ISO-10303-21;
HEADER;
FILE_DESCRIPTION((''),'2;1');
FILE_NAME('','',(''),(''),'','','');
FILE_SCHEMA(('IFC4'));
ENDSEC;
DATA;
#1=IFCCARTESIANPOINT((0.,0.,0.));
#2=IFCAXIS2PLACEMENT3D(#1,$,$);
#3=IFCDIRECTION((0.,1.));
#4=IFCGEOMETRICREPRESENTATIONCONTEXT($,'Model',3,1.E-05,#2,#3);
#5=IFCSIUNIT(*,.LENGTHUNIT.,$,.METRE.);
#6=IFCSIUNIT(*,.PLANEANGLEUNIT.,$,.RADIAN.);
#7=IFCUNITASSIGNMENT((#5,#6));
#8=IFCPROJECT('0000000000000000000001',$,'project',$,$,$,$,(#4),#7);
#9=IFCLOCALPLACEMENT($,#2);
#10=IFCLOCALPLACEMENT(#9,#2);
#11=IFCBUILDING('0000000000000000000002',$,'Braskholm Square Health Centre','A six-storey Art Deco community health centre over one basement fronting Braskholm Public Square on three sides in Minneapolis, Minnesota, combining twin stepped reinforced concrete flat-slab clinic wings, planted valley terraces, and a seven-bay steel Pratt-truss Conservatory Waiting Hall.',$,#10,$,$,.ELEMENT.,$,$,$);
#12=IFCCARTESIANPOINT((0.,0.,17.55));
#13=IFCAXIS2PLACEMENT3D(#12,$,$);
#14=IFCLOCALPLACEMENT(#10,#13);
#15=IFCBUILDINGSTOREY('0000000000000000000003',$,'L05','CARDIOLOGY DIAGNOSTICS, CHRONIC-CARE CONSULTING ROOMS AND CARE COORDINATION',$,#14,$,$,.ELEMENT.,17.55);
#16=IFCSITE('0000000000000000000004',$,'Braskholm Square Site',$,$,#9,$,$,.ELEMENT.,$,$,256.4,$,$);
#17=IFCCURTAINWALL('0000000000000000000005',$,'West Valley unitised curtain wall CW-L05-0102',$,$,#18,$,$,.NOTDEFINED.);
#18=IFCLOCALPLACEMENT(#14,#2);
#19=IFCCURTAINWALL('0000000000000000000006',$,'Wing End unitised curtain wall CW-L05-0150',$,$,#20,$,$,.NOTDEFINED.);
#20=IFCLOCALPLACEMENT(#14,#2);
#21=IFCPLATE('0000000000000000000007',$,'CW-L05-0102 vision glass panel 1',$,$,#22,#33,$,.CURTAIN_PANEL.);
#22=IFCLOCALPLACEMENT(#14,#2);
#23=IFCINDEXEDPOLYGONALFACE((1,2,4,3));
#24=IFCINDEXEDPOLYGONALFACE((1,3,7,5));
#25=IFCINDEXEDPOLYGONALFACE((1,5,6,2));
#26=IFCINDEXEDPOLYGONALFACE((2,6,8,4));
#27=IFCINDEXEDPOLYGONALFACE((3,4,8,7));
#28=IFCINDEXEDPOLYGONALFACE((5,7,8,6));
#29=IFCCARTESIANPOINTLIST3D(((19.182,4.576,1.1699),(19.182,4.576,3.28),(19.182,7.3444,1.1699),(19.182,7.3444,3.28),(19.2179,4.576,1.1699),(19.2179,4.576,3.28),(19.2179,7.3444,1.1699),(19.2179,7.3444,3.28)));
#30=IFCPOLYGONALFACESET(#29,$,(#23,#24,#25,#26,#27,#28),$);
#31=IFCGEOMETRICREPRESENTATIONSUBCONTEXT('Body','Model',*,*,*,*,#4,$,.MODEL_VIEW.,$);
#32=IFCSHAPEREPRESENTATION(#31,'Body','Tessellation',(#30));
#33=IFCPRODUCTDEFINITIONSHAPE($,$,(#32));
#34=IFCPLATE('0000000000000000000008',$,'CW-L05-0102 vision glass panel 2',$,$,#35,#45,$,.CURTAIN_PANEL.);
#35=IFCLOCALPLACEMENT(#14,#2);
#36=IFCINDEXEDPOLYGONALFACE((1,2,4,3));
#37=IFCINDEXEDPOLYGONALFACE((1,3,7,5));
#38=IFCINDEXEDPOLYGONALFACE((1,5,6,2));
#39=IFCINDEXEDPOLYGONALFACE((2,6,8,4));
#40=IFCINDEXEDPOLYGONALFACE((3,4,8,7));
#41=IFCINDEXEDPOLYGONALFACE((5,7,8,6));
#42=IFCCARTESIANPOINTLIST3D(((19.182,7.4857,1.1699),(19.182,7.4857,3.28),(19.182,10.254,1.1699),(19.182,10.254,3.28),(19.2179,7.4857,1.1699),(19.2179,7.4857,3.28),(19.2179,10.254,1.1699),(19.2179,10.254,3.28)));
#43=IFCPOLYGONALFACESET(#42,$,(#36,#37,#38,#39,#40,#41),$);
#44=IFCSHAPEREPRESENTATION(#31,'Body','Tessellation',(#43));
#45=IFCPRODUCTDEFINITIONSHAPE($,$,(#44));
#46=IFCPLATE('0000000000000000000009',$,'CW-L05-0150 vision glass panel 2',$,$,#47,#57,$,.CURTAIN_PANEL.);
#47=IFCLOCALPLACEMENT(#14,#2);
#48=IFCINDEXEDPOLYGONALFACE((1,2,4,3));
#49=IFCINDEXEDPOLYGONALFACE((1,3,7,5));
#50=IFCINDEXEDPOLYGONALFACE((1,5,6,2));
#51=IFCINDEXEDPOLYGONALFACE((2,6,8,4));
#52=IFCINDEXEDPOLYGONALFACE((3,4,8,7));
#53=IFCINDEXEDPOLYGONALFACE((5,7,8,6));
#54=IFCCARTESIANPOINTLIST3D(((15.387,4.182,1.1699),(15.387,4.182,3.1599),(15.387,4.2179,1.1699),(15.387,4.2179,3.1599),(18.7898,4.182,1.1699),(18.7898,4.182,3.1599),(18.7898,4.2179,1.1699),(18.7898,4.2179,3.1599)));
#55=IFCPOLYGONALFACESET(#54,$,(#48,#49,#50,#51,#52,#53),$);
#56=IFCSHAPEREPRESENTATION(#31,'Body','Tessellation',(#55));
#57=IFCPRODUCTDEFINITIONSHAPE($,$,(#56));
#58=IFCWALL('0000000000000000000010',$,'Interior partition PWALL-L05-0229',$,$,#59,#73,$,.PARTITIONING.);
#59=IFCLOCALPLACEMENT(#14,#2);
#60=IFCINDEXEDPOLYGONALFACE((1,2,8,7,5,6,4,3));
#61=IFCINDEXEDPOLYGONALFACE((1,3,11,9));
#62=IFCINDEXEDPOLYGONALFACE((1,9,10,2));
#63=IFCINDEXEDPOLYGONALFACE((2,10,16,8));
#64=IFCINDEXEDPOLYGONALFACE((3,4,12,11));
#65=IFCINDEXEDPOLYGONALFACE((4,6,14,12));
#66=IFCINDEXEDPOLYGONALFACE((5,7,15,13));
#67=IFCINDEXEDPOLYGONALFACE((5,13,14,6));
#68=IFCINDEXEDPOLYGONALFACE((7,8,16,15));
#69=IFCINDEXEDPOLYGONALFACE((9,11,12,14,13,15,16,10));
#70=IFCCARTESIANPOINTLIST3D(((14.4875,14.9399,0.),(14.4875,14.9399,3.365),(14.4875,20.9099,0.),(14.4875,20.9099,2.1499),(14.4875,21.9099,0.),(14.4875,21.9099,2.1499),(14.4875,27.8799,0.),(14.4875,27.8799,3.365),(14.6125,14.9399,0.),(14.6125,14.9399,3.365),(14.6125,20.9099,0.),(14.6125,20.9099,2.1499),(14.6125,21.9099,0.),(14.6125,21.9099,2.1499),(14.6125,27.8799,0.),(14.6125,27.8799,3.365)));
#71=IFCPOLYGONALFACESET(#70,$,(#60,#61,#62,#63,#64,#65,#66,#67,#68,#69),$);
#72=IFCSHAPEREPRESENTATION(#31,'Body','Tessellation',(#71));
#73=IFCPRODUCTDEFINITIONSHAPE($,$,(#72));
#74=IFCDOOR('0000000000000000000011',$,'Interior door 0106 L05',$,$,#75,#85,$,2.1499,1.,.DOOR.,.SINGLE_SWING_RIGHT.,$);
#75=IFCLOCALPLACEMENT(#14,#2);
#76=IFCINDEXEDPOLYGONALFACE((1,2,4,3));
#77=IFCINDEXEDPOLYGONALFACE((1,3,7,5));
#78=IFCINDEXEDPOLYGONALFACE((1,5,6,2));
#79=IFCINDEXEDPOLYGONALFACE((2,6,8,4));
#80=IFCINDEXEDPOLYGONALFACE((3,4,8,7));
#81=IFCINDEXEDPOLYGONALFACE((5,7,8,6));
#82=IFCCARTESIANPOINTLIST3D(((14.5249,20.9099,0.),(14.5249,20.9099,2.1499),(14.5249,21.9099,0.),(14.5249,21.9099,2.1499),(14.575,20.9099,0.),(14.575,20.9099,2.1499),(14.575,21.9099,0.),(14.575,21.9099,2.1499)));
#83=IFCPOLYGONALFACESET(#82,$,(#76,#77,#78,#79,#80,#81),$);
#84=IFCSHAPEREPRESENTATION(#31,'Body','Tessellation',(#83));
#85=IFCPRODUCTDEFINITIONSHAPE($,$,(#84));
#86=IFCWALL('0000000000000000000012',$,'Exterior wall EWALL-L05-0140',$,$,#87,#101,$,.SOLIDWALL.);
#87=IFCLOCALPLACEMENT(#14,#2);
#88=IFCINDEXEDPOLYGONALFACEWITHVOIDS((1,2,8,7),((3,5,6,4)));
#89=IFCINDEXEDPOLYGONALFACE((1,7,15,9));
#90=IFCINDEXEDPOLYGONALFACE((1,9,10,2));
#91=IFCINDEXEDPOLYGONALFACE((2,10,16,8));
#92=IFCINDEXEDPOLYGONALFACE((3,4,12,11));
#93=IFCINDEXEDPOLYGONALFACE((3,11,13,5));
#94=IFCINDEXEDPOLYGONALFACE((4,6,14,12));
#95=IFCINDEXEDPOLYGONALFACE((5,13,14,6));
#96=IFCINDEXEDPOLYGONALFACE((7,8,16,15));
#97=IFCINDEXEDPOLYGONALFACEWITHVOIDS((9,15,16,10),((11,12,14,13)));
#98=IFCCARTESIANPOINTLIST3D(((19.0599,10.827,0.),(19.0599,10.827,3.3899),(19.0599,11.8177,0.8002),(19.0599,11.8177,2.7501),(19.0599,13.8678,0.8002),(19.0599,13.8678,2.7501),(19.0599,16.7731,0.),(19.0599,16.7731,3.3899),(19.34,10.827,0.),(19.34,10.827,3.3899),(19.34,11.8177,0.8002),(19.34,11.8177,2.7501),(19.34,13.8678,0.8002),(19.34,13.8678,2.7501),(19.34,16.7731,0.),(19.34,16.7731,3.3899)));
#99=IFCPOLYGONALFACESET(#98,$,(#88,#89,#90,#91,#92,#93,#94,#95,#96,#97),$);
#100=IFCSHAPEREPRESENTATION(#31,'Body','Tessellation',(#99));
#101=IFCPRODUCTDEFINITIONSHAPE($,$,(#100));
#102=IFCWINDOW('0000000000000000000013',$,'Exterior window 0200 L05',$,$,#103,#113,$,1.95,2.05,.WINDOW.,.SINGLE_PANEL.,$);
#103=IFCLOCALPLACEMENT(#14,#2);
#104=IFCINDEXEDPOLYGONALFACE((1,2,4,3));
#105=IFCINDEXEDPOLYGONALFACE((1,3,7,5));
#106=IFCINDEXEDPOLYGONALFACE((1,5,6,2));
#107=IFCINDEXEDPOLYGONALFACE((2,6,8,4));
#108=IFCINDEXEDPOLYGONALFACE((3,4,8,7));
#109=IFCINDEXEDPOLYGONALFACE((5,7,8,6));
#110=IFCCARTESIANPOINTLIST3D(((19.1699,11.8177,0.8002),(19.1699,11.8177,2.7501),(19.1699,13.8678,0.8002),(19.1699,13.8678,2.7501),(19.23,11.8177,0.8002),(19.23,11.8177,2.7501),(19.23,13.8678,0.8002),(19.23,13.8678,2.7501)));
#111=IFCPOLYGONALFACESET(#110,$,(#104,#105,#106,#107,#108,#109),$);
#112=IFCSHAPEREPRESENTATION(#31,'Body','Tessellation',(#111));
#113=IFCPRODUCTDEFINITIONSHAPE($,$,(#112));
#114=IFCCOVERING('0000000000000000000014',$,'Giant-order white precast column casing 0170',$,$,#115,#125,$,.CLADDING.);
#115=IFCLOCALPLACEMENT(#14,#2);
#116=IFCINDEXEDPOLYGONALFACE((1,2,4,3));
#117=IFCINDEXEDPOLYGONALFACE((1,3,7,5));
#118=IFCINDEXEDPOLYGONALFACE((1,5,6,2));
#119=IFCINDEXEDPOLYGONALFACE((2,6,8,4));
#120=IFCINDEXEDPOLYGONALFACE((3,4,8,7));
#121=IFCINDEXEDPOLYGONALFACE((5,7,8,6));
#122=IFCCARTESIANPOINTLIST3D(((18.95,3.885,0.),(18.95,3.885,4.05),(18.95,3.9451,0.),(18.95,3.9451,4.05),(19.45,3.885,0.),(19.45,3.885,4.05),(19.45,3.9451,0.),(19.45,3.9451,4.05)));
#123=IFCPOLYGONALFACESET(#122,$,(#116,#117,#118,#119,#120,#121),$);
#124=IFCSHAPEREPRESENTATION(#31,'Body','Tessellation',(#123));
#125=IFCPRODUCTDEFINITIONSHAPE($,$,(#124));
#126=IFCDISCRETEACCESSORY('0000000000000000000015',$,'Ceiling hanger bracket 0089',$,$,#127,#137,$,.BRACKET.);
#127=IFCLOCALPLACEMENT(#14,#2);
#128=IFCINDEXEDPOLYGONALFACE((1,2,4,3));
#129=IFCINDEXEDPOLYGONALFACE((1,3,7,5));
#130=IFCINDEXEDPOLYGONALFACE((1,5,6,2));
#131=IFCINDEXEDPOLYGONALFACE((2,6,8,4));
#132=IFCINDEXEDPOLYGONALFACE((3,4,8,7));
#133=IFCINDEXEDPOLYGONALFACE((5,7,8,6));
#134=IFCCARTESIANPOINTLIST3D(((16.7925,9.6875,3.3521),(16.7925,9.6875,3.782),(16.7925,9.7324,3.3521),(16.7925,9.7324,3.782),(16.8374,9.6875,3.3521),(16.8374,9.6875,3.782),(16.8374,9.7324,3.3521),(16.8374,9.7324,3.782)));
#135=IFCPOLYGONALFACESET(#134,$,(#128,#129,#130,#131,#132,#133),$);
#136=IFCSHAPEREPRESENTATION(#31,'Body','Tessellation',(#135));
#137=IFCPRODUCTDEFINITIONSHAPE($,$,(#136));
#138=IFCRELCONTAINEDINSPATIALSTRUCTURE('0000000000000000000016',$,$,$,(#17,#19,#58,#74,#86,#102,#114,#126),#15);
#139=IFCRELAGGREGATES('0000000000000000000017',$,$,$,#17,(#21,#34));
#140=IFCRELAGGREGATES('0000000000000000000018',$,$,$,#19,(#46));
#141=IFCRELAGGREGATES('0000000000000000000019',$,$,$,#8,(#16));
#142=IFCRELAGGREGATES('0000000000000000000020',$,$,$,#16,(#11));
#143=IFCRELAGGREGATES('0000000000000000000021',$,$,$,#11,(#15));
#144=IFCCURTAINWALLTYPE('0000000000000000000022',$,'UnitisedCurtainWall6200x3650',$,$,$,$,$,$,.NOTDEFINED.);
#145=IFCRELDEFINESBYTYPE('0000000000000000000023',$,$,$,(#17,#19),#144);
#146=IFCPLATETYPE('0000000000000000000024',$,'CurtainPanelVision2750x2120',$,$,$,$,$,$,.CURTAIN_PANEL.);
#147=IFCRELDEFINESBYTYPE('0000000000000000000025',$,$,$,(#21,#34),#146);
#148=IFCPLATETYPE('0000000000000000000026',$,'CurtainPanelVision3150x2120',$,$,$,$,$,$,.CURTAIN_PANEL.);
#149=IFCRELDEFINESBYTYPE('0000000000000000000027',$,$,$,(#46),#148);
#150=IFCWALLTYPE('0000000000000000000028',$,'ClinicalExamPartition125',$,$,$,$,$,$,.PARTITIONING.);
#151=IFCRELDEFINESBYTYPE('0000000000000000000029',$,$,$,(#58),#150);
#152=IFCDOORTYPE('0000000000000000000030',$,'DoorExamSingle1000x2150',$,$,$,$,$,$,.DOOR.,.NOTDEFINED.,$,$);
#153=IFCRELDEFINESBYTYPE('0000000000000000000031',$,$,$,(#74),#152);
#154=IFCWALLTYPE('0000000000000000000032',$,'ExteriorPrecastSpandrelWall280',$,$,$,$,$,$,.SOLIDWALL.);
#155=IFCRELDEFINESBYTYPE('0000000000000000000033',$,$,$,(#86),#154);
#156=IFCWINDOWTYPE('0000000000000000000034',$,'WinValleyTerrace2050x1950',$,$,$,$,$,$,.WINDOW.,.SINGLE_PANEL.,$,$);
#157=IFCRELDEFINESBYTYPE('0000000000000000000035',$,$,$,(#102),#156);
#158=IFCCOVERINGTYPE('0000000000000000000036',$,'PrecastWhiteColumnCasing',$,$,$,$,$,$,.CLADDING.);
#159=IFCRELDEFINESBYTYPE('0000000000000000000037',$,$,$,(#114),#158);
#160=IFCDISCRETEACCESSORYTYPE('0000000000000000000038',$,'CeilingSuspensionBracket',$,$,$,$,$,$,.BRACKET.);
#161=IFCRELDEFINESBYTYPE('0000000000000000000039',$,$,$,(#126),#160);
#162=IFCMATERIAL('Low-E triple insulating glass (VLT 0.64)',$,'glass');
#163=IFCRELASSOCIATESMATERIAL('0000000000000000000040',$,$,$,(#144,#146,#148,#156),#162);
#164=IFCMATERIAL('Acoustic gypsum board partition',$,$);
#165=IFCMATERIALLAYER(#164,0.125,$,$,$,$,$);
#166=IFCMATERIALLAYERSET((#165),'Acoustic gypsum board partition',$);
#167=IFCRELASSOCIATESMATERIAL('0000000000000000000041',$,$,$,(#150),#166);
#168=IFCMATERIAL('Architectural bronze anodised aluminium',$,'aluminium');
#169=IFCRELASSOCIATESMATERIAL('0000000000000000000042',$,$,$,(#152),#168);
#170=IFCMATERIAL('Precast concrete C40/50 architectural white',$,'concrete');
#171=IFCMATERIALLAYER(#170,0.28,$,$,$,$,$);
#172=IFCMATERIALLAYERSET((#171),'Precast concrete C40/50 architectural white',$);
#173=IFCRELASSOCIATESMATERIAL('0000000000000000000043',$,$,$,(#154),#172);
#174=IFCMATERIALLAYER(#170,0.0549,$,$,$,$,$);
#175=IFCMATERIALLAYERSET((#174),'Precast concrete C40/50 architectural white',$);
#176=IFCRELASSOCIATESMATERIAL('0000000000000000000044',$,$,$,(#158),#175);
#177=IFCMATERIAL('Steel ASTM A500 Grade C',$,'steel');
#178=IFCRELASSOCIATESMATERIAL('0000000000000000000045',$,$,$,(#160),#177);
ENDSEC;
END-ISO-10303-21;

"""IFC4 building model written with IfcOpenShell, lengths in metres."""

from ifc_helpers import new_model, si_unit, direction, frame, frame_2d, origin, origin_with_axes, origin_2d, place, context, subcontext, project, spatial, rectangle, extrude, material, layer, layer_set, type_object, element, fill, aggregate, save


model = new_model("IFC4")

# Units and contexts
model_context = context("Model", 3, precision=1e-05, world=origin(), true_north=direction((0.0, 1.0)))
body_context = subcontext(model_context, "Body", "Model", "MODEL_VIEW")
ifc_project = project(units=[si_unit("LENGTHUNIT", "METRE"), si_unit("PLANEANGLEUNIT", "RADIAN")], contexts=[model_context])

# Site, building, storey
site_placement = place(None, origin())
site = spatial("IfcSite", under=ifc_project, at=site_placement, Name="Braskholm Square Site", CompositionType="ELEMENT", RefElevation=256.4)
building_placement = place(site_placement, origin())
building = spatial("IfcBuilding", under=site, at=building_placement, Name="Braskholm Square Health Centre", Description="A six-storey Art Deco community health centre over one basement fronting Braskholm Public Square on three sides in Minneapolis, Minnesota, combining twin stepped reinforced concrete flat-slab clinic wings, planted valley terraces, and a seven-bay steel Pratt-truss Conservatory Waiting Hall.", CompositionType="ELEMENT")
storey_placement = place(building_placement, frame((0.0, 0.0, 17.55)))
storey = spatial("IfcBuildingStorey", under=building, at=storey_placement, Name="L05", Description="CARDIOLOGY DIAGNOSTICS, CHRONIC-CARE CONSULTING ROOMS AND CARE COORDINATION", CompositionType="ELEMENT", Elevation=17.55)

# Shared definitions
ifc_material_1 = material(Name="Precast concrete C40/50 architectural white", Category="concrete")

# Curtain walls
ifc_material_2 = material(Name="Low-E triple insulating glass (VLT 0.64)", Category="glass")
curtain_wall_type = type_object("IfcCurtainWallType", Name="UnitisedCurtainWall6200x3650", PredefinedType="NOTDEFINED", material=ifc_material_2)
curtain_wall_1_placement = place(storey_placement, origin())
curtain_wall_1 = element("IfcCurtainWall", 1, at=curtain_wall_1_placement, inside=storey, type_object=curtain_wall_type, Name="West Valley unitised curtain wall CW-L05-0102", PredefinedType="NOTDEFINED")
ifc_material_3 = material(Name="Architectural bronze anodised aluminium", Category="aluminium")
curtain_wall_2_placement = place(storey_placement, origin())
curtain_wall_2 = element("IfcCurtainWall", 2, at=curtain_wall_2_placement, inside=storey, type_object=curtain_wall_type, Name="Wing End unitised curtain wall CW-L05-0150", PredefinedType="NOTDEFINED")

# Plates
plate_type_1 = type_object("IfcPlateType", Name="CurtainPanelVision2750x2120", PredefinedType="CURTAIN_PANEL", material=ifc_material_2)
plate_1_placement = place(storey_placement, frame((19.2, 5.9602, 1.1699), z_axis=(0.0, 0.0, 1.0), x_axis=(0.0, 1.0, 0.0)))
plate_1 = element("IfcPlate", 3, at=plate_1_placement, type_object=plate_type_1, Name="CW-L05-0102 vision glass panel 1", PredefinedType="CURTAIN_PANEL", context=body_context, shape_type="SweptSolid", body=[
    extrude(rectangle(XDim=2.7683, YDim=0.0359, at=origin_2d()), origin(), (0.0, 0.0, 1.0), 2.1101),
])
plate_2_placement = place(storey_placement, frame((19.2, 8.8699, 1.1699), z_axis=(0.0, 0.0, 1.0), x_axis=(0.0, 1.0, 0.0)))
plate_2 = element("IfcPlate", 4, at=plate_2_placement, type_object=plate_type_1, Name="CW-L05-0102 vision glass panel 2", PredefinedType="CURTAIN_PANEL", context=body_context, shape_type="SweptSolid", body=[
    extrude(rectangle(XDim=2.7683, YDim=0.0359, at=origin_2d()), origin(), (0.0, 0.0, 1.0), 2.1101),
])
aggregate(curtain_wall_1, [plate_1, plate_2])
plate_type_2 = type_object("IfcPlateType", Name="CurtainPanelVision3150x2120", PredefinedType="CURTAIN_PANEL", material=ifc_material_2)
plate_3_placement = place(storey_placement, frame((17.0884, 4.2, 1.1699), z_axis=(0.0, 0.0, 1.0), x_axis=(1.0, 0.0, 0.0)))
plate_3 = element("IfcPlate", 5, at=plate_3_placement, type_object=plate_type_2, Name="CW-L05-0150 vision glass panel 2", PredefinedType="CURTAIN_PANEL", context=body_context, shape_type="SweptSolid", body=[
    extrude(rectangle(XDim=3.4028, YDim=0.0359, at=origin_2d()), origin(), (0.0, 0.0, 1.0), 1.99),
])
aggregate(curtain_wall_2, [plate_3])

# Wall, opening, door
ifc_material_4 = material(Name="Acoustic gypsum board partition")
ifc_layer_1 = layer(ifc_material_4, 0.125)
ifc_layer_set_1 = layer_set([ifc_layer_1], Name="Acoustic gypsum board partition")
wall_type_1 = type_object("IfcWallType", Name="ClinicalExamPartition125", PredefinedType="PARTITIONING", material=ifc_layer_set_1)
wall_1_placement = place(storey_placement, frame((14.55, 14.9399, 0.0), z_axis=(0.0, 0.0, 1.0), x_axis=(0.0, 1.0, 0.0)))
wall_1 = element("IfcWall", 6, at=wall_1_placement, inside=storey, type_object=wall_type_1, Name="Interior partition PWALL-L05-0229", PredefinedType="PARTITIONING", context=body_context, shape_type="SweptSolid", body=[
    extrude(rectangle(XDim=12.9399, YDim=0.125, at=frame_2d((6.47, 0.0))), origin(), (0.0, 0.0, 1.0), 3.365),
])
opening_1_placement = place(wall_1_placement, frame((5.97, 0.0, 0.0)))
opening_1 = element("IfcOpeningElement", 7, at=opening_1_placement, cuts=wall_1, PredefinedType="OPENING", context=body_context, shape_type="SweptSolid", body=[
    extrude(rectangle(XDim=1.0, YDim=2.1499, at=frame_2d((0.5, 1.075))), frame((0.0, 0.0725, 0.0), z_axis=(0.0, -1.0, 0.0), x_axis=(1.0, 0.0, 0.0)), (0.0, 0.0, 1.0), 0.145),
])
door_type = type_object("IfcDoorType", Name="DoorExamSingle1000x2150", OperationType="NOTDEFINED", PredefinedType="DOOR", material=ifc_material_3)
door_placement = place(opening_1_placement, frame((1.0, 0.0, 0.0), z_axis=(0.0, 0.0, 1.0), x_axis=(-1.0, 0.0, 0.0)))
door = element("IfcDoor", 8, at=door_placement, inside=storey, type_object=door_type, Name="Interior door 0106 L05", OperationType="SINGLE_SWING_RIGHT", OverallHeight=2.1499, OverallWidth=1.0, PredefinedType="DOOR", context=body_context, shape_type="SweptSolid", body=[
    extrude(rectangle(XDim=1.0, YDim=2.1499, at=frame_2d((0.5, 1.075))), frame((0.0, 0.0249, 0.0), z_axis=(0.0, -1.0, 0.0), x_axis=(1.0, 0.0, 0.0)), (0.0, 0.0, 1.0), 0.05),
])
fill(opening_1, door)

# Wall, opening, window
ifc_layer_2 = layer(ifc_material_1, 0.28)
ifc_layer_set_2 = layer_set([ifc_layer_2], Name="Precast concrete C40/50 architectural white")
wall_type_2 = type_object("IfcWallType", Name="ExteriorPrecastSpandrelWall280", PredefinedType="SOLIDWALL", material=ifc_layer_set_2)
wall_2_placement = place(storey_placement, frame((19.2, 10.8269, 0.0), z_axis=(0.0, 0.0, 1.0), x_axis=(0.0, 1.0, 0.0)))
wall_2 = element("IfcWall", 9, at=wall_2_placement, inside=storey, type_object=wall_type_2, Name="Exterior wall EWALL-L05-0140", PredefinedType="SOLIDWALL", context=body_context, shape_type="SweptSolid", body=[
    extrude(rectangle(XDim=5.946, YDim=0.28, at=frame_2d((2.9731, 0.0))), origin(), (0.0, 0.0, 1.0), 3.3899),
])
opening_2_placement = place(wall_2_placement, frame((0.991, 0.0, 0.8)))
opening_2 = element("IfcOpeningElement", 10, at=opening_2_placement, cuts=wall_2, PredefinedType="OPENING", context=body_context, shape_type="SweptSolid", body=[
    extrude(rectangle(XDim=2.05, YDim=1.95, at=frame_2d((1.0249, 0.9751))), frame((0.0, 0.1499, 0.0), z_axis=(0.0, -1.0, 0.0), x_axis=(1.0, 0.0, 0.0)), (0.0, 0.0, 1.0), 0.3),
])
window_type = type_object("IfcWindowType", Name="WinValleyTerrace2050x1950", PartitioningType="SINGLE_PANEL", PredefinedType="WINDOW", material=ifc_material_2)
window_placement = place(opening_2_placement, origin_with_axes())
window = element("IfcWindow", 11, at=window_placement, inside=storey, type_object=window_type, Name="Exterior window 0200 L05", OverallHeight=1.95, OverallWidth=2.05, PartitioningType="SINGLE_PANEL", PredefinedType="WINDOW", context=body_context, shape_type="SweptSolid", body=[
    extrude(rectangle(XDim=2.05, YDim=1.95, at=frame_2d((1.0249, 0.9751))), frame((0.0, 0.03, 0.0), z_axis=(0.0, -1.0, 0.0), x_axis=(1.0, 0.0, 0.0)), (0.0, 0.0, 1.0), 0.0601),
])
fill(opening_2, window)

# Covering
ifc_layer_3 = layer(ifc_material_1, 0.0549)
ifc_layer_set_3 = layer_set([ifc_layer_3], Name="Precast concrete C40/50 architectural white")
covering_type = type_object("IfcCoveringType", Name="PrecastWhiteColumnCasing", PredefinedType="CLADDING", material=ifc_layer_set_3)
covering_placement = place(storey_placement, frame((19.2, 3.915, 0.0), z_axis=(0.0, 0.0, 1.0), x_axis=(1.0, 0.0, 0.0)))
element("IfcCovering", 12, at=covering_placement, inside=storey, type_object=covering_type, Name="Giant-order white precast column casing 0170", PredefinedType="CLADDING", context=body_context, shape_type="SweptSolid", body=[
    extrude(rectangle(XDim=0.5, YDim=0.0601, at=origin_2d()), origin(), (0.0, 0.0, 1.0), 4.05),
])

# Discrete accessory
ifc_material_5 = material(Name="Steel ASTM A500 Grade C", Category="steel")
discrete_accessory_type = type_object("IfcDiscreteAccessoryType", Name="CeilingSuspensionBracket", PredefinedType="BRACKET", material=ifc_material_5)
discrete_accessory_placement = place(storey_placement, frame((16.8149, 9.71, 3.3521), z_axis=(0.0, 0.0, 1.0), x_axis=(1.0, 0.0, 0.0)))
element("IfcDiscreteAccessory", 13, at=discrete_accessory_placement, inside=storey, type_object=discrete_accessory_type, Name="Ceiling hanger bracket 0089", PredefinedType="BRACKET", context=body_context, shape_type="SweptSolid", body=[
    extrude(rectangle(XDim=0.0449, YDim=0.0449, at=origin_2d()), origin(), (0.0, 0.0, 1.0), 0.4299),
])

save(model, "model.ifc")
